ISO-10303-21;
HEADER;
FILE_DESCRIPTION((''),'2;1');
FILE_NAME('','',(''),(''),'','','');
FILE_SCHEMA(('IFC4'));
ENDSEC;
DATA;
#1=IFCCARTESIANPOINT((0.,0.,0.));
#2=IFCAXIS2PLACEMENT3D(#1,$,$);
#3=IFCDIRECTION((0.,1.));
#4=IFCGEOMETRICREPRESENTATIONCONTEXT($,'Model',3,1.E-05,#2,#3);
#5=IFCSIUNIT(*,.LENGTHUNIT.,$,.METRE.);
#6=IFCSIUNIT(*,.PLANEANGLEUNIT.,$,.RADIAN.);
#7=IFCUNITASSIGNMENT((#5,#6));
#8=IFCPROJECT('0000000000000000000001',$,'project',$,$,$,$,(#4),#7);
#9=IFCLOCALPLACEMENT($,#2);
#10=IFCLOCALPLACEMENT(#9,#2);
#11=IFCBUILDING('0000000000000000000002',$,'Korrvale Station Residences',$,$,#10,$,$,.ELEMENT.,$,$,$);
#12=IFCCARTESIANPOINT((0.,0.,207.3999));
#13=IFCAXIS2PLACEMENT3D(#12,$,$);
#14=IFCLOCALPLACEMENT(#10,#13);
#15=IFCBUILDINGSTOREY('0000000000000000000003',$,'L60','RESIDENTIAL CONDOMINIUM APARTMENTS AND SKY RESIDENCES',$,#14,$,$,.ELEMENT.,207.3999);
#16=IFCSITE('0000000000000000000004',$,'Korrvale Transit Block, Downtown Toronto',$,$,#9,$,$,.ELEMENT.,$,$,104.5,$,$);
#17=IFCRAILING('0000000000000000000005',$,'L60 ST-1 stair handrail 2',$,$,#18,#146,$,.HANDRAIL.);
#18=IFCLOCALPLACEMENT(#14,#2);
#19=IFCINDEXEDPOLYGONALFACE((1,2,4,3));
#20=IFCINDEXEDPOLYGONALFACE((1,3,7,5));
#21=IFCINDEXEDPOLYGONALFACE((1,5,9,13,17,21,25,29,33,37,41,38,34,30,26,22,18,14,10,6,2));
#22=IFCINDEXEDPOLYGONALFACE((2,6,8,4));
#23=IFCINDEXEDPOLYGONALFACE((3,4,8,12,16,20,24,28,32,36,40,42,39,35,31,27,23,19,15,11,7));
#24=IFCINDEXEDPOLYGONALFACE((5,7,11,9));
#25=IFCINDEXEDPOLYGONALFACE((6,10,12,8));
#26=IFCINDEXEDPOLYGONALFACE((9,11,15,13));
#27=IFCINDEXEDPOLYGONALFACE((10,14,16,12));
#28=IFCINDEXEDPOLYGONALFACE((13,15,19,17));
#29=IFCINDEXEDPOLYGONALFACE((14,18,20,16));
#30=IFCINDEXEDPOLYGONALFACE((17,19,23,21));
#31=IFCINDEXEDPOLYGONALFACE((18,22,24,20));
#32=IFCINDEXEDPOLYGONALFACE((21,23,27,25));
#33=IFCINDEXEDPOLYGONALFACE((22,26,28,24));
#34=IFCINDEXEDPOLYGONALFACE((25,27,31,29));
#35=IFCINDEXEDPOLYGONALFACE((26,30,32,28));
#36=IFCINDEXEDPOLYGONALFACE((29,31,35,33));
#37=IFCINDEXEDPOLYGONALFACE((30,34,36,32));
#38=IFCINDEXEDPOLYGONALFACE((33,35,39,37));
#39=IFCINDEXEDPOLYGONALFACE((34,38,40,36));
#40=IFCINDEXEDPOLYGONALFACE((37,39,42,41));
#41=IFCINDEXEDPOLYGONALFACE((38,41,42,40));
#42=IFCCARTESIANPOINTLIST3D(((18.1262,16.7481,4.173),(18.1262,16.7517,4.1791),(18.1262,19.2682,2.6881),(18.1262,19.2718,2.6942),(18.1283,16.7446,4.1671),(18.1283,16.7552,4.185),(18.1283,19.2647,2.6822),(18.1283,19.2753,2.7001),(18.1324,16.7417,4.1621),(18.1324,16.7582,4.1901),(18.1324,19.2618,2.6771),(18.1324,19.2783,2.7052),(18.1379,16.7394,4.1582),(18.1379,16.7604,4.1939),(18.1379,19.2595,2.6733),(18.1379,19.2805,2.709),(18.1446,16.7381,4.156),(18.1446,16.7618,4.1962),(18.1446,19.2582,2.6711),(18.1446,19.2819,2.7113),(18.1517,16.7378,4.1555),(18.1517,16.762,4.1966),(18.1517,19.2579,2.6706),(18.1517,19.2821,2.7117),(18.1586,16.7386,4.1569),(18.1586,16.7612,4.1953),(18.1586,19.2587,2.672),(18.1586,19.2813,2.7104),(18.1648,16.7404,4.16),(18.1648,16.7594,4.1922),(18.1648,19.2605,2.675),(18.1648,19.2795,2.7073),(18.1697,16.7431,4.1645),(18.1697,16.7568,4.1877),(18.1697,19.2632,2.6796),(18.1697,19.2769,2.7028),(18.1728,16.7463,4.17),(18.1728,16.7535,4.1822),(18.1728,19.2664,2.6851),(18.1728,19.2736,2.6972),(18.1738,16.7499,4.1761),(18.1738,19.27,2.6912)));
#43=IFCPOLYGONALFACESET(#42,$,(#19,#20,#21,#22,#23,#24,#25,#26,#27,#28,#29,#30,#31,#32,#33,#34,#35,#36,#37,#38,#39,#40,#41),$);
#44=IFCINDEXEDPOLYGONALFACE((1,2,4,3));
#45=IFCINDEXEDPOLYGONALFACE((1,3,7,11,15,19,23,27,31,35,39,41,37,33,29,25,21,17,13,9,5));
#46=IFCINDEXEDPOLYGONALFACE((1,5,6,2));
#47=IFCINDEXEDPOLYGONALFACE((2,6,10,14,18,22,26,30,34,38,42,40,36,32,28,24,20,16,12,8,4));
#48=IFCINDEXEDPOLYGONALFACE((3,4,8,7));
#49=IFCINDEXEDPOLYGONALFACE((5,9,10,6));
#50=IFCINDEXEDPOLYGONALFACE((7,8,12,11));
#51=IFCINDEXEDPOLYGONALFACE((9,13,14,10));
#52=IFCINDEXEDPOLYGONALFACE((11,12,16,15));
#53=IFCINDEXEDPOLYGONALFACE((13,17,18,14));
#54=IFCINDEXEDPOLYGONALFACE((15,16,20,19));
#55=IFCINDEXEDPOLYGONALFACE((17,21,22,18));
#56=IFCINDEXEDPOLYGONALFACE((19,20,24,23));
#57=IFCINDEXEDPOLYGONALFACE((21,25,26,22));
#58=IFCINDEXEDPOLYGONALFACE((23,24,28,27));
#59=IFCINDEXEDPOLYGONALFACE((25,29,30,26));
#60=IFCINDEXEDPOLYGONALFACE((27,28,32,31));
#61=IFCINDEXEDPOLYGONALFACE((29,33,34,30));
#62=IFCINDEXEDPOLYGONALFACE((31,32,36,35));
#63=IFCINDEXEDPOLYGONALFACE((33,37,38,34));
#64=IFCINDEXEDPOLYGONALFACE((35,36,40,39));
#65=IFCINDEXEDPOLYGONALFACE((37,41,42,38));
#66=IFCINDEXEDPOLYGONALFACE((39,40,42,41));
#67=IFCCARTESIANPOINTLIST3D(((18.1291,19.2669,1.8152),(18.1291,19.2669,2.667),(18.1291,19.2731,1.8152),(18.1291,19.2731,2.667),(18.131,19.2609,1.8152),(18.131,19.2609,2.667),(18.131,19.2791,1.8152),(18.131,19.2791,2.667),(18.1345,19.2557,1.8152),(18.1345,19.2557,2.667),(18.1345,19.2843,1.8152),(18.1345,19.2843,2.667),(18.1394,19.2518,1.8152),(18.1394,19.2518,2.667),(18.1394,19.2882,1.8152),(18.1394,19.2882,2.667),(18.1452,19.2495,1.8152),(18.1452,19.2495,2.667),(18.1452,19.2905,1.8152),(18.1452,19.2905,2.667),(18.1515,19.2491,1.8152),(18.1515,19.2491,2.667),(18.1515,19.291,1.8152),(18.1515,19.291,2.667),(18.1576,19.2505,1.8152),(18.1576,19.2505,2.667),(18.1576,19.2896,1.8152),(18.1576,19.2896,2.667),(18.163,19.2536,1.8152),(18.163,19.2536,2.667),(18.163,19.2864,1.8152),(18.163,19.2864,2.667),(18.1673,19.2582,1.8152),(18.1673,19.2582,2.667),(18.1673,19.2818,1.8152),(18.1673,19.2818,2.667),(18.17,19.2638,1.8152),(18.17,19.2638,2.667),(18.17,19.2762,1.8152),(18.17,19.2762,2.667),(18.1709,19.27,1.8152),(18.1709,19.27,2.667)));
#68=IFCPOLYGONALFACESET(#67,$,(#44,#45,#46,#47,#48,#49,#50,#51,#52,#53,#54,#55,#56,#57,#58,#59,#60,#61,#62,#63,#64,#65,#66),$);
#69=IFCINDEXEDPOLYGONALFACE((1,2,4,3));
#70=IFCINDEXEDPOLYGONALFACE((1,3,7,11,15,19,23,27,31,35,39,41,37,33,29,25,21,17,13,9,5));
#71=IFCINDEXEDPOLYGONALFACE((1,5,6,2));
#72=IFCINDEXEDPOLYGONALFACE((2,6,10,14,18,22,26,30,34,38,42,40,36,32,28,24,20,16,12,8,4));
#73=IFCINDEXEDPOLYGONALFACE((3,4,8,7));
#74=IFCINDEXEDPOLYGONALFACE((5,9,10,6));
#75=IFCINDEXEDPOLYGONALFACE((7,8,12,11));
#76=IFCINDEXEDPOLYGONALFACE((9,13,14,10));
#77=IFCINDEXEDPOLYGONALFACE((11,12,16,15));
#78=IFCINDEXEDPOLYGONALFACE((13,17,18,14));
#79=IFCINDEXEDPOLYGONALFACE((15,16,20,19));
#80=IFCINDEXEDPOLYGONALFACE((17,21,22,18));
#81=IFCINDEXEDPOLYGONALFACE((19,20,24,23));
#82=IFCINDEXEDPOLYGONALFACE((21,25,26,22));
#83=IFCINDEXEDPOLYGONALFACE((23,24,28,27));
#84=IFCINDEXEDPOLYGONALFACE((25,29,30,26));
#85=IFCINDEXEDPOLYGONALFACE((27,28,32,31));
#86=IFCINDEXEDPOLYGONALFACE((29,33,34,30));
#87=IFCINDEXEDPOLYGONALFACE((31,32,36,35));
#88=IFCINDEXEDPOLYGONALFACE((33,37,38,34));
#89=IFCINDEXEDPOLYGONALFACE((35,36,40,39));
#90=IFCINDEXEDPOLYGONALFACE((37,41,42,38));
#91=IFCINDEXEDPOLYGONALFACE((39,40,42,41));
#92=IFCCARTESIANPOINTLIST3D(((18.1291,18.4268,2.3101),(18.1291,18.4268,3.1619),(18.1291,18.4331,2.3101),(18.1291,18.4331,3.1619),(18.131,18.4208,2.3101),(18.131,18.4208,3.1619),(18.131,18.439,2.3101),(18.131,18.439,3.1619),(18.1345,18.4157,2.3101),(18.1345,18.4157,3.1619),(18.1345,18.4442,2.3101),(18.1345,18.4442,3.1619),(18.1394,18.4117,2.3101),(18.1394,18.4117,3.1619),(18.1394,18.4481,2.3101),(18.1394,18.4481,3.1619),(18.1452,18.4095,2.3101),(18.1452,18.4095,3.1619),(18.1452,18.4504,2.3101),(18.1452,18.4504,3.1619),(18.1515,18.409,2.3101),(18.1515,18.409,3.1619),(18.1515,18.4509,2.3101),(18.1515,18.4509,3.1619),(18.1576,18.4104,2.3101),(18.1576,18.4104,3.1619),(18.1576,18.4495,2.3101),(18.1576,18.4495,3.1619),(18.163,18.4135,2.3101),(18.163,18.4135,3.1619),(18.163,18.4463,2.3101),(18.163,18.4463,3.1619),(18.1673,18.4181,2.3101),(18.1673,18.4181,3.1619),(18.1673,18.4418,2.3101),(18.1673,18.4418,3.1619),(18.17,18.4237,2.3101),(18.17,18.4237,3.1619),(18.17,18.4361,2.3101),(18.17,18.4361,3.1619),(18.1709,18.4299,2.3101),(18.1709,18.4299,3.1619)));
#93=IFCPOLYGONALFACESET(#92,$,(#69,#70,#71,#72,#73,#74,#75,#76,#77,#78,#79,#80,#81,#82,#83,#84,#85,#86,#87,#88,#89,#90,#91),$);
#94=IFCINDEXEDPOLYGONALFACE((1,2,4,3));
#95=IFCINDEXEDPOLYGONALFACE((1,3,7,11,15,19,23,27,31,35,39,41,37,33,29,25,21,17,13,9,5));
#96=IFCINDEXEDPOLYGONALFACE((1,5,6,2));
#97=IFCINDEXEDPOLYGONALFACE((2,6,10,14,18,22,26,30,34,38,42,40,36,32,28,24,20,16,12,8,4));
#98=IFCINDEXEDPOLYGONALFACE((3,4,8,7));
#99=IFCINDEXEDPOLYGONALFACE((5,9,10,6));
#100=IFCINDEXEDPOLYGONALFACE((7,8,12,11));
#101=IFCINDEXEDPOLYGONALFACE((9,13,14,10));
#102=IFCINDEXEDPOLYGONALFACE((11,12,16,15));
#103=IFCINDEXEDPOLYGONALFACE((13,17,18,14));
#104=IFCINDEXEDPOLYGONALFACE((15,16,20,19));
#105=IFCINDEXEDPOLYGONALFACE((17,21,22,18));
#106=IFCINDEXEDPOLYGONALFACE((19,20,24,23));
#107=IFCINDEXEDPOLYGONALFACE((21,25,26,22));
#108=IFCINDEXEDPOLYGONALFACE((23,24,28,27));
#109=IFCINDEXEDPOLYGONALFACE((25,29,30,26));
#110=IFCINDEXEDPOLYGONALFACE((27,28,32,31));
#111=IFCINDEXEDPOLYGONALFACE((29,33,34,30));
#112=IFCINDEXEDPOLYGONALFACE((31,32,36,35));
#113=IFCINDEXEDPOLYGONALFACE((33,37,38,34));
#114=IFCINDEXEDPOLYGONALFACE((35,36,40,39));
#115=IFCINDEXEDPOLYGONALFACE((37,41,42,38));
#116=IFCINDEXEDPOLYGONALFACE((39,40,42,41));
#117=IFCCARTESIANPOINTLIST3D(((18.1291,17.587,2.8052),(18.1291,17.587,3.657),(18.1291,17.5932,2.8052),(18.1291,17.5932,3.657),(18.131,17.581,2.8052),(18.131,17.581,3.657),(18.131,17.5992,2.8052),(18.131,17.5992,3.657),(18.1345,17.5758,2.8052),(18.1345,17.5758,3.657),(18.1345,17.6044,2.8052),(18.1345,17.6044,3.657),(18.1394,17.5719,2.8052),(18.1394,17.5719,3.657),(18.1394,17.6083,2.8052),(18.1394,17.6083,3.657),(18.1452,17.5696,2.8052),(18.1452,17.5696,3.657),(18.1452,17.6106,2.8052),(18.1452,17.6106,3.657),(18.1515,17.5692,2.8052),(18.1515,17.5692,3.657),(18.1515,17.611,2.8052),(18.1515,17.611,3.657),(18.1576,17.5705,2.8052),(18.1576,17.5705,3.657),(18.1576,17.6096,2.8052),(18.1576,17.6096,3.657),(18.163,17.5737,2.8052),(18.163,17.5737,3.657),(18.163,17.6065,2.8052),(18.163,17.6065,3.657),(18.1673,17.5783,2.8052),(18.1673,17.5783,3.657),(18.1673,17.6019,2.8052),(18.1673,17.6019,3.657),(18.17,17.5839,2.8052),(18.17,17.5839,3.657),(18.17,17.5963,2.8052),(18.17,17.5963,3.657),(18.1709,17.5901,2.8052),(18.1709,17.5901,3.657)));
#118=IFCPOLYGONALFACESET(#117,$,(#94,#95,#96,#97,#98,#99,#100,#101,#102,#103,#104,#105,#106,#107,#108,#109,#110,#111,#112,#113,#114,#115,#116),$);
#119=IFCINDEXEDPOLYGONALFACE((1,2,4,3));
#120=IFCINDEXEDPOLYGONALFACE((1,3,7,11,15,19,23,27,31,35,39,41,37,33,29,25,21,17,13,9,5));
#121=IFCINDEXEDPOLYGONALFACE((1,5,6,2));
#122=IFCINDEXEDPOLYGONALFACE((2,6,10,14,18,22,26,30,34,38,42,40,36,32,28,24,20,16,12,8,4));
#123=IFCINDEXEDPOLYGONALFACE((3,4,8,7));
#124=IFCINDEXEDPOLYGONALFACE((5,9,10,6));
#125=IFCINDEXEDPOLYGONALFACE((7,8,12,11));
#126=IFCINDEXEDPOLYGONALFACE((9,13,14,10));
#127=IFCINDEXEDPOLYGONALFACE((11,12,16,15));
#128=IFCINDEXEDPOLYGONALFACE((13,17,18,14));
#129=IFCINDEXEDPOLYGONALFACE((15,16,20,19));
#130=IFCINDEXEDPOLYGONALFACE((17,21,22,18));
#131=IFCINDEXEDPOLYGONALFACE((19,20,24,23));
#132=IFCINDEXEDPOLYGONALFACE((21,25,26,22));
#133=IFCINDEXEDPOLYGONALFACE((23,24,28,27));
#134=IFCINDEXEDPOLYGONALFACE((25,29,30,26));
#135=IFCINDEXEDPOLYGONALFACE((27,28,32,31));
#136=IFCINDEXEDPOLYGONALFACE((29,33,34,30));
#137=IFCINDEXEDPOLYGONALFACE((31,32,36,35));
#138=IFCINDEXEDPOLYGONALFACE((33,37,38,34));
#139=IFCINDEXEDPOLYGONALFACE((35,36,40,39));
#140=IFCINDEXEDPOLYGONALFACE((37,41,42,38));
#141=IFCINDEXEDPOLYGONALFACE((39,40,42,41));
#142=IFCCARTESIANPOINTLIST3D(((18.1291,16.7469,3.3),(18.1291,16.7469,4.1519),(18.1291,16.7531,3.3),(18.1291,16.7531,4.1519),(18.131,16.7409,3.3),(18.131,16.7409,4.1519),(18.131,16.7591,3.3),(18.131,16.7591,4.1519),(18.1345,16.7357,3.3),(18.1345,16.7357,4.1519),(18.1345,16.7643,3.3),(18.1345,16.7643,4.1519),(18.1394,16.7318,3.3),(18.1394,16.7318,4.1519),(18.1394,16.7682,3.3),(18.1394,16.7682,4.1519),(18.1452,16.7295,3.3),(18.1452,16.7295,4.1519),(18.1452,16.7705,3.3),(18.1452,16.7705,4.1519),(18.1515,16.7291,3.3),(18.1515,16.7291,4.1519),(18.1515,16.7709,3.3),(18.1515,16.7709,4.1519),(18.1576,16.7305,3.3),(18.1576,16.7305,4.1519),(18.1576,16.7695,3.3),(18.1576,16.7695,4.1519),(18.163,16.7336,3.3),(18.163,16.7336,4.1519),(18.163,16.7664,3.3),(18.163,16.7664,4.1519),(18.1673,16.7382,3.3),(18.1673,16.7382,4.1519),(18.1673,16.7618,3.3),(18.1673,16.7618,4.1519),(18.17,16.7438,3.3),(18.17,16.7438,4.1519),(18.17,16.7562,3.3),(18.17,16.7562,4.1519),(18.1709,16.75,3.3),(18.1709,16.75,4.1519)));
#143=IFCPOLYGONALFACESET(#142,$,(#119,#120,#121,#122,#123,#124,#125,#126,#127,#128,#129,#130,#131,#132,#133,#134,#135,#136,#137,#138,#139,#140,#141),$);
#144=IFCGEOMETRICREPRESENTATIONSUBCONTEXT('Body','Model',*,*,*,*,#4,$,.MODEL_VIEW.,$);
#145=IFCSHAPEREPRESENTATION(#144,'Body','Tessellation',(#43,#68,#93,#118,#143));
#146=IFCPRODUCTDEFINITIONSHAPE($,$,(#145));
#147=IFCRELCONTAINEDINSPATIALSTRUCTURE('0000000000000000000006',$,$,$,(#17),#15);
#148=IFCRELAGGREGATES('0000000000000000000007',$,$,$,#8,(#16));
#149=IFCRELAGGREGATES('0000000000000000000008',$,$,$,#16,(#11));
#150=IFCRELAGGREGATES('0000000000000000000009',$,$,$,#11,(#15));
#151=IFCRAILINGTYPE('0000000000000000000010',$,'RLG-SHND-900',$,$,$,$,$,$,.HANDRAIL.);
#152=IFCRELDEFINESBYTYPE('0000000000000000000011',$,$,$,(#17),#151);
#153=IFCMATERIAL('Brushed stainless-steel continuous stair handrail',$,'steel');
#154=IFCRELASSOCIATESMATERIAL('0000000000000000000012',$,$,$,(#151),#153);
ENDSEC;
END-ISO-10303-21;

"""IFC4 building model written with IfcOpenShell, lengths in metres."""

from ifc_helpers import new_model, si_unit, direction, frame, origin, origin_2d, place, context, subcontext, project, spatial, circle, extrude, material, type_object, element, save


model = new_model("IFC4")

# Units and contexts
model_context = context("Model", 3, precision=1e-05, world=origin(), true_north=direction((0.0, 1.0)))
body_context = subcontext(model_context, "Body", "Model", "MODEL_VIEW")
ifc_project = project(units=[si_unit("LENGTHUNIT", "METRE"), si_unit("PLANEANGLEUNIT", "RADIAN")], contexts=[model_context])

# Site, building, storey
site_placement = place(None, origin())
site = spatial("IfcSite", under=ifc_project, at=site_placement, Name="Korrvale Transit Block, Downtown Toronto", CompositionType="ELEMENT", RefElevation=104.5)
building_placement = place(site_placement, origin())
building = spatial("IfcBuilding", under=site, at=building_placement, Name="Korrvale Station Residences", CompositionType="ELEMENT")
storey_placement = place(building_placement, frame((0.0, 0.0, 207.3999)))
storey = spatial("IfcBuildingStorey", under=building, at=storey_placement, Name="L60", Description="RESIDENTIAL CONDOMINIUM APARTMENTS AND SKY RESIDENCES", CompositionType="ELEMENT", Elevation=207.3999)

# Railing
ifc_material_1 = material(Name="Brushed stainless-steel continuous stair handrail", Category="steel")
railing_type_1 = type_object("IfcRailingType", Name="RLG-SHND-900", PredefinedType="HANDRAIL", material=ifc_material_1)
railing_1_placement = place(storey_placement, frame((18.1499, 19.27, 1.8152)))
element("IfcRailing", 1, at=railing_1_placement, inside=storey, type_object=railing_type_1, Name="L60 ST-1 stair handrail 2", PredefinedType="HANDRAIL", context=body_context, shape_type="SweptSolid", body=[
    extrude(circle(Radius=0.0239, at=origin_2d()), frame((0.0, 0.0, 0.876), z_axis=(0.0, -0.861561, 0.507655), x_axis=(1.0, 0.0, 0.0)), (0.0, 0.0, 1.0), 2.925),
    extrude(circle(Radius=0.021, at=origin_2d()), origin(), (0.0, 0.0, 1.0), 0.8518),
    extrude(circle(Radius=0.021, at=origin_2d()), frame((0.0, -0.8401, 0.4949)), (0.0, 0.0, 1.0), 0.8518),
    extrude(circle(Radius=0.021, at=origin_2d()), frame((0.0, -1.6799, 0.99)), (0.0, 0.0, 1.0), 0.8518),
    extrude(circle(Radius=0.021, at=origin_2d()), frame((0.0, -2.52, 1.4849)), (0.0, 0.0, 1.0), 0.8518),
])

save(model, "model.ifc")
